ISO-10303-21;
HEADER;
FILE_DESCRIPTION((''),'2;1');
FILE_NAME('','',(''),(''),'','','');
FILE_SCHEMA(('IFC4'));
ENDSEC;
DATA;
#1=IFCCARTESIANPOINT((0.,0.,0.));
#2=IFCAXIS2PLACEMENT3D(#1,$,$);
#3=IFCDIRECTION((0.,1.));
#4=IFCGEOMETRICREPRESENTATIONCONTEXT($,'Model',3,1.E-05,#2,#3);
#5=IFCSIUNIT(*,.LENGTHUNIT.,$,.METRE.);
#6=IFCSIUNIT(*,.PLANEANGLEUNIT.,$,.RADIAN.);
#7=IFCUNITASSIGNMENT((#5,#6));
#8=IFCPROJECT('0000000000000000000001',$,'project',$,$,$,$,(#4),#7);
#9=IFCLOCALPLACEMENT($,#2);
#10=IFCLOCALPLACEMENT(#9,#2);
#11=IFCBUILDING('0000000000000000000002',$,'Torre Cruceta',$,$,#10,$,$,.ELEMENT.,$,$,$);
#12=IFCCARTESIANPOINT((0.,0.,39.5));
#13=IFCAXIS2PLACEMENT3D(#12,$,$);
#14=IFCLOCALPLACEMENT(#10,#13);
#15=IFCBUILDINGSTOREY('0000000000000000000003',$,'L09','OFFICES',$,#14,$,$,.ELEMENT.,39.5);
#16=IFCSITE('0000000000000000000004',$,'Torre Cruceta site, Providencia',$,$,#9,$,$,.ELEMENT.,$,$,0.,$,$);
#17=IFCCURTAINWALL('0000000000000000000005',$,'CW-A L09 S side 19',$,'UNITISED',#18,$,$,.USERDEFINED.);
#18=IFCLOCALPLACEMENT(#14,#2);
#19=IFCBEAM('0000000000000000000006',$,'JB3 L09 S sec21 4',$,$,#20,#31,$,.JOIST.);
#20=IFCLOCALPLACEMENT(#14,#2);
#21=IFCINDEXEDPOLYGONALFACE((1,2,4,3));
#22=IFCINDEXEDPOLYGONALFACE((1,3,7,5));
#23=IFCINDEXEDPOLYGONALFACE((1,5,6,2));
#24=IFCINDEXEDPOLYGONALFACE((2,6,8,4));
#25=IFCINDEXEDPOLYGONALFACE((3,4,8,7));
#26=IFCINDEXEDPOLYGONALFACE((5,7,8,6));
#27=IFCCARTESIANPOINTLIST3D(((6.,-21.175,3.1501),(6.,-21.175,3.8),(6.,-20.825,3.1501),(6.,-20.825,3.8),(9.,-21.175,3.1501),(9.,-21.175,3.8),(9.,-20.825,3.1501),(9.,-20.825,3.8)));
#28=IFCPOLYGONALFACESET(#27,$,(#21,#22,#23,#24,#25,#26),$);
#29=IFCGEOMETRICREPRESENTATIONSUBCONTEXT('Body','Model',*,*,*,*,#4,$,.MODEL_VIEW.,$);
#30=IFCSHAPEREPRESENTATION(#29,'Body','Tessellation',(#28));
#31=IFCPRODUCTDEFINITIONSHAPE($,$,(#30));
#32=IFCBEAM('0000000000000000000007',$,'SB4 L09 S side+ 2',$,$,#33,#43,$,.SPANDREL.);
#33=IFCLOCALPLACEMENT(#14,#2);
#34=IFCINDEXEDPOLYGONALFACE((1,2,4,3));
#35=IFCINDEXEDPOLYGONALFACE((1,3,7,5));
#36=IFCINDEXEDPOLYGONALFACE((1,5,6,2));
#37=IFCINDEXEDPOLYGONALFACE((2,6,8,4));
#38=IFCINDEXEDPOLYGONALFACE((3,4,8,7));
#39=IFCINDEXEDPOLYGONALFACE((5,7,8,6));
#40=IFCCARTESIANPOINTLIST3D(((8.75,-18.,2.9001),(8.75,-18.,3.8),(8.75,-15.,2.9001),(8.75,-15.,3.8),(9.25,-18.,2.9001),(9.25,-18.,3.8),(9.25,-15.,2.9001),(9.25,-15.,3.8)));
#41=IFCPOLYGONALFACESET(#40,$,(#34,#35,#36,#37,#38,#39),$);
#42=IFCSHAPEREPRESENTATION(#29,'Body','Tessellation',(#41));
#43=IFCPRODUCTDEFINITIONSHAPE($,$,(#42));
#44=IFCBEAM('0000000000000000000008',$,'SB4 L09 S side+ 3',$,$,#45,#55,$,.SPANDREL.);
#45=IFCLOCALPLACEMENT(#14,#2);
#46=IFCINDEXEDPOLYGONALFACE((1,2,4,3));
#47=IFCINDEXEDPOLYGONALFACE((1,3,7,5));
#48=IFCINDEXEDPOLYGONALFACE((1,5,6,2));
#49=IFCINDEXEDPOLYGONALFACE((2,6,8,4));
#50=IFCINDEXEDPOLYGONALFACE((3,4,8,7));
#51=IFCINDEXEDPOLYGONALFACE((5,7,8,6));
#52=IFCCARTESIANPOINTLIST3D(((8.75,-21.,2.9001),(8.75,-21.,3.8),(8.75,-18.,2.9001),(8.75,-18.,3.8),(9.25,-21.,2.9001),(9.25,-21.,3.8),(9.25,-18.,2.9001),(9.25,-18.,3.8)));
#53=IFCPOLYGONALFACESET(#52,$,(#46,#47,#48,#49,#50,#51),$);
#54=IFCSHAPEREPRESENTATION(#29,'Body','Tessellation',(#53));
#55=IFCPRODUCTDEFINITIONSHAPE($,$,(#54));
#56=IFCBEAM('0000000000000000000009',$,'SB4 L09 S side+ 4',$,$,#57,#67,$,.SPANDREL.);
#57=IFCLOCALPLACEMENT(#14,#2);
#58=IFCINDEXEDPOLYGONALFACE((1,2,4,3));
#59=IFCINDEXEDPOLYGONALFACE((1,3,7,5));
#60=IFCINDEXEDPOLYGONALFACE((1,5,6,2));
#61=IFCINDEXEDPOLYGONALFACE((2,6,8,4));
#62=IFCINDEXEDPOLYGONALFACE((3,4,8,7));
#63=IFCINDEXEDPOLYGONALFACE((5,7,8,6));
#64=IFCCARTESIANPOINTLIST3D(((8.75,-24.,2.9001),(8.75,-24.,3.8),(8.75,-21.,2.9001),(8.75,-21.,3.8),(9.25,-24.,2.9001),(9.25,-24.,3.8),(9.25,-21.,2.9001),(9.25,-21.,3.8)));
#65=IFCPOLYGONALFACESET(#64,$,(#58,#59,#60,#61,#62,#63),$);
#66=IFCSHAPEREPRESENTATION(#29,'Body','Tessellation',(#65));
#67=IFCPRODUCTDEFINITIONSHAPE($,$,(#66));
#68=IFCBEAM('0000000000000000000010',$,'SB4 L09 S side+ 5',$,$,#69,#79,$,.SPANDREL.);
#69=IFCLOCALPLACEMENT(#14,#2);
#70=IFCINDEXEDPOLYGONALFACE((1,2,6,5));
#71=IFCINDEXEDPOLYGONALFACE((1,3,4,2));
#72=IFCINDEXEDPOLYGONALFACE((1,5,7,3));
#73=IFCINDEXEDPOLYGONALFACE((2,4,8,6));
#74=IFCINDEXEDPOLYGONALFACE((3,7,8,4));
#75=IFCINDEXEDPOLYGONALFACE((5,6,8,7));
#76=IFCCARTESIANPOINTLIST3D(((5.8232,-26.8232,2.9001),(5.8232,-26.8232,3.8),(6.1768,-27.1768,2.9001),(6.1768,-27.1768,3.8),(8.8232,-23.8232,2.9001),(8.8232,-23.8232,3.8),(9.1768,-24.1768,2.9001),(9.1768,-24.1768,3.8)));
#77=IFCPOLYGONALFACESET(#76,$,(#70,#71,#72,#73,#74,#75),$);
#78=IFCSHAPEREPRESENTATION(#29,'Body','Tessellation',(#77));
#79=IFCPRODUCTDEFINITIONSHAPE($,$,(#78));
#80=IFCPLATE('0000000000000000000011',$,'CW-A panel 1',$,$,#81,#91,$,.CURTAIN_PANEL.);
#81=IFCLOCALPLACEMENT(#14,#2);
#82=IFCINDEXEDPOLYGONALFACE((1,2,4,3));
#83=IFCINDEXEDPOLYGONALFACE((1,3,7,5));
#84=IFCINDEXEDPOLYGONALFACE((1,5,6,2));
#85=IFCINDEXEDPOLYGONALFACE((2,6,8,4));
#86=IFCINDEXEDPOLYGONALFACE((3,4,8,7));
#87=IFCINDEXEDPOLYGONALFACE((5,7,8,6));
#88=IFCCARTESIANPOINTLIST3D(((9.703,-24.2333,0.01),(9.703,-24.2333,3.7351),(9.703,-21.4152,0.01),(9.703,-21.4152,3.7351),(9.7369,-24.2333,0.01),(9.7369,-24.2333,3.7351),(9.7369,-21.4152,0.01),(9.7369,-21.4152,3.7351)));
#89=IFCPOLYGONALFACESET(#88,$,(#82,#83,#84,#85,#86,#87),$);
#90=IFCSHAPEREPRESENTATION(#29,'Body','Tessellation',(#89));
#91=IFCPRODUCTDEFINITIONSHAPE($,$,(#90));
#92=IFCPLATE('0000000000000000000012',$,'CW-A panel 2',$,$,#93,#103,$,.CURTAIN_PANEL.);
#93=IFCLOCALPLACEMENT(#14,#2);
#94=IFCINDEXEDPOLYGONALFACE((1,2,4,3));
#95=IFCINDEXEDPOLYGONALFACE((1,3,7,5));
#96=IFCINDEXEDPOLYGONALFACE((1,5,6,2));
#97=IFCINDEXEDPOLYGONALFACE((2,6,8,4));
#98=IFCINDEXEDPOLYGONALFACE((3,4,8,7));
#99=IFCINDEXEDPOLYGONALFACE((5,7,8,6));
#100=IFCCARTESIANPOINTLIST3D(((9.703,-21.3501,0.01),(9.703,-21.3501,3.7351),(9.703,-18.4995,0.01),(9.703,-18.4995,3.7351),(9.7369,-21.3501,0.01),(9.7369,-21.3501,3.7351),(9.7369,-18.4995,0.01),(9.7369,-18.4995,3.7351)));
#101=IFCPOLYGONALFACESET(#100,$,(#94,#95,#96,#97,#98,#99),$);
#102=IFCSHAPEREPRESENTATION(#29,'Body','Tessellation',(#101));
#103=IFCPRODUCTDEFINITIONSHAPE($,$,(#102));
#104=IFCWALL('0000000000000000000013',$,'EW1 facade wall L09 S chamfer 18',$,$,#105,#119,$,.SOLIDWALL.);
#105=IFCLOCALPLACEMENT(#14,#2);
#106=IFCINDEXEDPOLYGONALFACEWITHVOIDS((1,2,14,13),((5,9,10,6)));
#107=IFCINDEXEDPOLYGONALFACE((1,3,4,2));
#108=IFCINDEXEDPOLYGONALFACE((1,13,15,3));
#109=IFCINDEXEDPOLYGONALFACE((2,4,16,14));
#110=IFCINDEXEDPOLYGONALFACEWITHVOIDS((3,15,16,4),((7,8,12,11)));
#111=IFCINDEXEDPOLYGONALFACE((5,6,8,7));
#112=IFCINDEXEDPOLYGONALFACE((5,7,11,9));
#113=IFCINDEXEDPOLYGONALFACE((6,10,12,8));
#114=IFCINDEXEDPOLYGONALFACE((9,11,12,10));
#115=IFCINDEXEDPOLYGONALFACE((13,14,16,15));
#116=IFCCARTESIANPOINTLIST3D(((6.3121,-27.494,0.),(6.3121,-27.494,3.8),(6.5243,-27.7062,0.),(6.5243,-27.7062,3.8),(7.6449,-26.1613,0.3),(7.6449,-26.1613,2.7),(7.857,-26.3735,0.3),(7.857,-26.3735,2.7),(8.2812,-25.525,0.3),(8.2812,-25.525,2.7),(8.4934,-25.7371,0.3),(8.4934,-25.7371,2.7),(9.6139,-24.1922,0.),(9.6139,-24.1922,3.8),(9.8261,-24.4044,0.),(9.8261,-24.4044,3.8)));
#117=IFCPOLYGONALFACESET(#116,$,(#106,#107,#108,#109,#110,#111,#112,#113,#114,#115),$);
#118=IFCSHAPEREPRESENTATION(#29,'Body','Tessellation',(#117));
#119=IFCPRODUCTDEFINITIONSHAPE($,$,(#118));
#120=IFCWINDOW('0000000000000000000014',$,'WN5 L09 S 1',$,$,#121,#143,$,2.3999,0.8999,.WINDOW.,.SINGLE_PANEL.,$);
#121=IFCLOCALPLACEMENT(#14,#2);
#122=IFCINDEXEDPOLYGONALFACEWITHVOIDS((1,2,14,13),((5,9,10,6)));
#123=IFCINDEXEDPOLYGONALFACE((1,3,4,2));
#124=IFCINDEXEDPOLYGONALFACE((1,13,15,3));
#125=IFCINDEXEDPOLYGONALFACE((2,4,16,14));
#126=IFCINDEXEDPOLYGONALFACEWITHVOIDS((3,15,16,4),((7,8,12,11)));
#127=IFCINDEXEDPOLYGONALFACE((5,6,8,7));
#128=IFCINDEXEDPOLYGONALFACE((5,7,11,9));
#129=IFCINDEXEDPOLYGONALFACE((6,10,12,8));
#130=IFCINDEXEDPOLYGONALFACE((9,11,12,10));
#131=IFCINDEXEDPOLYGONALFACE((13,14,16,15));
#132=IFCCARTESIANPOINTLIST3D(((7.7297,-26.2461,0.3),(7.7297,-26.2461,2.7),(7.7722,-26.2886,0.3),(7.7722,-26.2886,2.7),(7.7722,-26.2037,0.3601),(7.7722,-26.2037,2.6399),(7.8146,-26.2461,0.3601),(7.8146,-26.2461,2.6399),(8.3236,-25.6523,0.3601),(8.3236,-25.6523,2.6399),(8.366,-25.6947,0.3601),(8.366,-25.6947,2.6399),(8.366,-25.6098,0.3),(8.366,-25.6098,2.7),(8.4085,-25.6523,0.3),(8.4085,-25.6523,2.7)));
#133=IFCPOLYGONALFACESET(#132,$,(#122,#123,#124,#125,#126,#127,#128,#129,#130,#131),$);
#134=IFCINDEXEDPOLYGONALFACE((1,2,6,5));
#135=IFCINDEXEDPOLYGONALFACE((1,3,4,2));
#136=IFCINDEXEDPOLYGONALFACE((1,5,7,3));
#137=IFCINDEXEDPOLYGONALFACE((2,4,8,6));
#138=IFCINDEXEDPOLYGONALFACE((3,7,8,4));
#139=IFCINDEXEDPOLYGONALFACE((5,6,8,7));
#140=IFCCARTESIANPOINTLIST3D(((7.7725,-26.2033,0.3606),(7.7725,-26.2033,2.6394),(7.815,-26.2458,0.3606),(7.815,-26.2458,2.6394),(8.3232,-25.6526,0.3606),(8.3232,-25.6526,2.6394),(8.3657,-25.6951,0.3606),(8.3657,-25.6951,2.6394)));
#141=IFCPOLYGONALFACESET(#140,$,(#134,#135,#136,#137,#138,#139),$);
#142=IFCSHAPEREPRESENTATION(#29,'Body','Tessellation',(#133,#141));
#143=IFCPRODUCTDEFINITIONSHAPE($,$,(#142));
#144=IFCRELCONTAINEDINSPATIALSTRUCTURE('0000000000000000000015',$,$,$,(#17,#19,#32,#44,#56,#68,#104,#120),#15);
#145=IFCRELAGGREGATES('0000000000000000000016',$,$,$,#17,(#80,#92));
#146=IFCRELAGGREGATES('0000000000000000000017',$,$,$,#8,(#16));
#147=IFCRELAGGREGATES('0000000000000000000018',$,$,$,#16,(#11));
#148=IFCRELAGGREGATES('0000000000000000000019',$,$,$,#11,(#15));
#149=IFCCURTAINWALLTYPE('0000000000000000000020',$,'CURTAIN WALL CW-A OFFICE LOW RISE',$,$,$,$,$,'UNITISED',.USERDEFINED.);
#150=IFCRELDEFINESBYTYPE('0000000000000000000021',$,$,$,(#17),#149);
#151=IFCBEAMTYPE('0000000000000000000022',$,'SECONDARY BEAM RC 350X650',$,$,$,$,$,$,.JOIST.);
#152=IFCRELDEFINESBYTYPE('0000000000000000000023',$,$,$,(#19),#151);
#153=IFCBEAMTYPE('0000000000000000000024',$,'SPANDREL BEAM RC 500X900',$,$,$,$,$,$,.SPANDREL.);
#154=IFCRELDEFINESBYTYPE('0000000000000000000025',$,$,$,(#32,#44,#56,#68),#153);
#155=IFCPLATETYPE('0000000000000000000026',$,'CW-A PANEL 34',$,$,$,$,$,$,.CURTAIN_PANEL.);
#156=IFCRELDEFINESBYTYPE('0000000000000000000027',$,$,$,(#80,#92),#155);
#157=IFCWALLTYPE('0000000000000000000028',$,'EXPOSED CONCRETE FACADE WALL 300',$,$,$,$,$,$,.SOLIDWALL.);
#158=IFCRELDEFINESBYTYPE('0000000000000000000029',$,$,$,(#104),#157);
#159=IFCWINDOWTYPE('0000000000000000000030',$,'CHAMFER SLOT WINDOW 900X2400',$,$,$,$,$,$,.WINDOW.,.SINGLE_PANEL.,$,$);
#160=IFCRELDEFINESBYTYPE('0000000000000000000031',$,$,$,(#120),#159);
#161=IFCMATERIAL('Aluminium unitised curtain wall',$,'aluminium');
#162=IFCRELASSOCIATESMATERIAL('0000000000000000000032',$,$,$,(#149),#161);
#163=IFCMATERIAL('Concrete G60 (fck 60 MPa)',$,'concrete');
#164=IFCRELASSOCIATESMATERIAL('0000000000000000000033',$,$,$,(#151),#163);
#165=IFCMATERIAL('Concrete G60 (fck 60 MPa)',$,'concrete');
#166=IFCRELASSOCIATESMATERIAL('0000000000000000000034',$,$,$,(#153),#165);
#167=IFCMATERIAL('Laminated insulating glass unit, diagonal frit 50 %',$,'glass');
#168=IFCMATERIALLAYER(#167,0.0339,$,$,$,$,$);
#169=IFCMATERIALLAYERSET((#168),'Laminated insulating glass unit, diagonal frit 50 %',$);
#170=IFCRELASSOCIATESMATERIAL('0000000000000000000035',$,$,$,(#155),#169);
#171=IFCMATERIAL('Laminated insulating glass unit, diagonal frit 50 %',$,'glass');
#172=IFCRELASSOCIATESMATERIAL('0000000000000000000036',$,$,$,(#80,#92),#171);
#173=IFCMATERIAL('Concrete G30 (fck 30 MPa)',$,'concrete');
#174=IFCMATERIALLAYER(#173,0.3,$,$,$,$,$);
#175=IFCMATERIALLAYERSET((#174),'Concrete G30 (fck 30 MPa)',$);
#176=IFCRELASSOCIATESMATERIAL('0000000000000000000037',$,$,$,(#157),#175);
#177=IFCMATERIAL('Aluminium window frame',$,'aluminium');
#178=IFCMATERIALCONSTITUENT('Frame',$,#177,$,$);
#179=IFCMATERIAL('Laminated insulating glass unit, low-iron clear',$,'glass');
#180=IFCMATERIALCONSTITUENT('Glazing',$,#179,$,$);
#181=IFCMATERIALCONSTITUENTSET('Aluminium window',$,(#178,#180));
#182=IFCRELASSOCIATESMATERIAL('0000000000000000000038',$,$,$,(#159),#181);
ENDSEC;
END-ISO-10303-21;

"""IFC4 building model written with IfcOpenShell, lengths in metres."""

from ifc_helpers import new_model, si_unit, direction, frame, frame_2d, origin, origin_2d, place, context, subcontext, project, spatial, rectangle, hollow_rectangle, extrude, material, layer, layer_set, constituent, constituent_set, material_profile, profile_set, type_object, element, fill, aggregate, save


model = new_model("IFC4")

# Units and contexts
model_context = context("Model", 3, precision=1e-05, world=origin(), true_north=direction((0.0, 1.0)))
body_context = subcontext(model_context, "Body", "Model", "MODEL_VIEW")
ifc_project = project(units=[si_unit("LENGTHUNIT", "METRE"), si_unit("PLANEANGLEUNIT", "RADIAN")], contexts=[model_context])

# Site, building, storey
site_placement = place(None, origin())
site = spatial("IfcSite", under=ifc_project, at=site_placement, Name="Torre Cruceta site, Providencia", CompositionType="ELEMENT", RefElevation=0.0)
building_placement = place(site_placement, origin())
building = spatial("IfcBuilding", under=site, at=building_placement, Name="Torre Cruceta", CompositionType="ELEMENT")
storey_placement = place(building_placement, frame((0.0, 0.0, 39.5)))
storey = spatial("IfcBuildingStorey", under=building, at=storey_placement, Name="L09", Description="OFFICES", CompositionType="ELEMENT", Elevation=39.5)

# Curtain wall
ifc_material_1 = material(Name="Aluminium unitised curtain wall", Category="aluminium")
curtain_wall_type = type_object("IfcCurtainWallType", Name="CURTAIN WALL CW-A OFFICE LOW RISE", ElementType="UNITISED", PredefinedType="USERDEFINED", material=ifc_material_1)
curtain_wall_placement = place(storey_placement, origin())
curtain_wall = element("IfcCurtainWall", 1, at=curtain_wall_placement, inside=storey, type_object=curtain_wall_type, Name="CW-A L09 S side 19", ObjectType="UNITISED", PredefinedType="USERDEFINED")

# Beams
ifc_material_2 = material(Name="Concrete G60 (fck 60 MPa)", Category="concrete")
ifc_material_profile_1 = material_profile(ifc_material_2, rectangle(XDim=0.3501, YDim=0.6499, at=origin_2d()), Name="RC 350X650")
ifc_profile_set_1 = profile_set([ifc_material_profile_1], Name="Concrete G60 (fck 60 MPa)")
beam_type_1 = type_object("IfcBeamType", Name="SECONDARY BEAM RC 350X650", PredefinedType="JOIST", material=ifc_profile_set_1)
beam_1_placement = place(storey_placement, frame((6.0, -21.0, 3.4751), z_axis=(1.0, 0.0, 0.0), x_axis=(0.0, 1.0, 0.0)))
element("IfcBeam", 2, at=beam_1_placement, inside=storey, type_object=beam_type_1, Name="JB3 L09 S sec21 4", PredefinedType="JOIST", context=body_context, shape_type="SweptSolid", body=[
    extrude(rectangle(XDim=0.3501, YDim=0.6499, at=origin_2d()), origin(), (0.0, 0.0, 1.0), 3.0),
])
ifc_material_3 = material(Name="Concrete G60 (fck 60 MPa)", Category="concrete")
ifc_material_profile_2 = material_profile(ifc_material_3, rectangle(XDim=0.5, YDim=0.8999, at=origin_2d()), Name="RC 500X900")
ifc_profile_set_2 = profile_set([ifc_material_profile_2], Name="Concrete G60 (fck 60 MPa)")
beam_type_2 = type_object("IfcBeamType", Name="SPANDREL BEAM RC 500X900", PredefinedType="SPANDREL", material=ifc_profile_set_2)
for number, where, z_axis, x_axis, name in (
    (3, (9.0, -15.0, 3.3501), (0.0, -1.0, 0.0), (1.0, 0.0, 0.0), "SB4 L09 S side+ 2"),
    (4, (9.0, -18.0, 3.3501), (0.0, -1.0, 0.0), (1.0, 0.0, 0.0), "SB4 L09 S side+ 3"),
    (5, (9.0, -21.0, 3.3501), (0.0, -1.0, 0.0), (1.0, 0.0, 0.0), "SB4 L09 S side+ 4"),
):
    element("IfcBeam", number, at=place(storey_placement, frame(where, z_axis=z_axis, x_axis=x_axis)), inside=storey, type_object=beam_type_2, Name=name, PredefinedType="SPANDREL", context=body_context, shape_type="SweptSolid", body=[
        extrude(rectangle(XDim=0.5, YDim=0.8999, at=origin_2d()), origin(), (0.0, 0.0, 1.0), 3.0),
    ])
beam_2_placement = place(storey_placement, frame((9.0, -24.0, 3.3501), z_axis=(-0.707107, -0.707107, 0.0), x_axis=(0.707107, -0.707107, 0.0)))
element("IfcBeam", 6, at=beam_2_placement, inside=storey, type_object=beam_type_2, Name="SB4 L09 S side+ 5", PredefinedType="SPANDREL", context=body_context, shape_type="SweptSolid", body=[
    extrude(rectangle(XDim=0.5, YDim=0.8999, at=origin_2d()), origin(), (0.0, 0.0, 1.0), 4.2427),
])

# Plates
ifc_material_4 = material(Name="Laminated insulating glass unit, diagonal frit 50 %", Category="glass")
ifc_material_5 = material(Name="Laminated insulating glass unit, diagonal frit 50 %", Category="glass")
ifc_layer_1 = layer(ifc_material_5, 0.0339)
ifc_layer_set_1 = layer_set([ifc_layer_1], Name="Laminated insulating glass unit, diagonal frit 50 %")
plate_type = type_object("IfcPlateType", Name="CW-A PANEL 34", PredefinedType="CURTAIN_PANEL", material=ifc_layer_set_1)
plate_1_placement = place(storey_placement, frame((9.72, -22.8242, 0.01), z_axis=(0.0, 0.0, 1.0), x_axis=(0.0, 1.0, 0.0)))
plate_1 = element("IfcPlate", 7, at=plate_1_placement, type_object=plate_type, material=ifc_material_4, Name="CW-A panel 1", PredefinedType="CURTAIN_PANEL", context=body_context, shape_type="SweptSolid", body=[
    extrude(rectangle(XDim=2.8181, YDim=0.0339, at=origin_2d()), origin(), (0.0, 0.0, 1.0), 3.7251),
])
plate_2_placement = place(storey_placement, frame((9.72, -19.9248, 0.01), z_axis=(0.0, 0.0, 1.0), x_axis=(0.0, 1.0, 0.0)))
plate_2 = element("IfcPlate", 8, at=plate_2_placement, type_object=plate_type, material=ifc_material_4, Name="CW-A panel 2", PredefinedType="CURTAIN_PANEL", context=body_context, shape_type="SweptSolid", body=[
    extrude(rectangle(XDim=2.8506, YDim=0.0339, at=origin_2d()), origin(), (0.0, 0.0, 1.0), 3.7251),
])
aggregate(curtain_wall, [plate_1, plate_2])

# Wall, opening, window
ifc_material_6 = material(Name="Concrete G30 (fck 30 MPa)", Category="concrete")
ifc_layer_2 = layer(ifc_material_6, 0.3)
ifc_layer_set_2 = layer_set([ifc_layer_2], Name="Concrete G30 (fck 30 MPa)")
wall_type_1 = type_object("IfcWallType", Name="EXPOSED CONCRETE FACADE WALL 300", PredefinedType="SOLIDWALL", material=ifc_layer_set_2)
wall_1_placement = place(storey_placement, frame((6.4182, -27.6001, 0.0), z_axis=(0.0, 0.0, 1.0), x_axis=(0.707107, 0.707107, 0.0)))
wall_1 = element("IfcWall", 9, at=wall_1_placement, inside=storey, type_object=wall_type_1, Name="EW1 facade wall L09 S chamfer 18", PredefinedType="SOLIDWALL", context=body_context, shape_type="SweptSolid", body=[
    extrude(rectangle(XDim=4.6694, YDim=0.3, at=frame_2d((2.3347, 0.0))), origin(), (0.0, 0.0, 1.0), 3.8),
])
opening_1_placement = place(wall_1_placement, frame((1.8848, 0.0, 0.3)))
opening_1 = element("IfcOpeningElement", 10, at=opening_1_placement, cuts=wall_1, PredefinedType="OPENING", context=body_context, shape_type="SweptSolid", body=[
    extrude(rectangle(XDim=0.8999, YDim=2.3999, at=frame_2d((0.45, 1.2))), frame((0.0, 0.1599, 0.0), z_axis=(0.0, -1.0, 0.0), x_axis=(1.0, 0.0, 0.0)), (0.0, 0.0, 1.0), 0.3201),
])
ifc_material_7 = material(Name="Aluminium window frame", Category="aluminium")
ifc_constituent_1 = constituent(ifc_material_7, Name="Frame")
ifc_material_8 = material(Name="Laminated insulating glass unit, low-iron clear", Category="glass")
ifc_constituent_2 = constituent(ifc_material_8, Name="Glazing")
ifc_constituent_set_1 = constituent_set(constituents=[ifc_constituent_1, ifc_constituent_2], Name="Aluminium window")
window_type = type_object("IfcWindowType", Name="CHAMFER SLOT WINDOW 900X2400", PartitioningType="SINGLE_PANEL", PredefinedType="WINDOW", material=ifc_constituent_set_1)
window_placement = place(opening_1_placement, origin())
window = element("IfcWindow", 11, at=window_placement, inside=storey, type_object=window_type, Name="WN5 L09 S 1", OverallHeight=2.3999, OverallWidth=0.8999, PartitioningType="SINGLE_PANEL", PredefinedType="WINDOW", context=body_context, shape_type="SweptSolid", body=[
    extrude(hollow_rectangle(XDim=0.8999, YDim=2.3999, WallThickness=0.0601, at=frame_2d((0.45, 1.2))), frame((0.0, 0.03, 0.0), z_axis=(0.0, -1.0, 0.0), x_axis=(1.0, 0.0, 0.0)), (0.0, 0.0, 1.0), 0.0601),
    extrude(rectangle(XDim=0.7788, YDim=2.2788, at=frame_2d((0.45, 1.2))), frame((0.0, 0.03, 0.0), z_axis=(0.0, -1.0, 0.0), x_axis=(1.0, 0.0, 0.0)), (0.0, 0.0, 1.0), 0.0601),
])
fill(opening_1, window)

save(model, "model.ifc")
